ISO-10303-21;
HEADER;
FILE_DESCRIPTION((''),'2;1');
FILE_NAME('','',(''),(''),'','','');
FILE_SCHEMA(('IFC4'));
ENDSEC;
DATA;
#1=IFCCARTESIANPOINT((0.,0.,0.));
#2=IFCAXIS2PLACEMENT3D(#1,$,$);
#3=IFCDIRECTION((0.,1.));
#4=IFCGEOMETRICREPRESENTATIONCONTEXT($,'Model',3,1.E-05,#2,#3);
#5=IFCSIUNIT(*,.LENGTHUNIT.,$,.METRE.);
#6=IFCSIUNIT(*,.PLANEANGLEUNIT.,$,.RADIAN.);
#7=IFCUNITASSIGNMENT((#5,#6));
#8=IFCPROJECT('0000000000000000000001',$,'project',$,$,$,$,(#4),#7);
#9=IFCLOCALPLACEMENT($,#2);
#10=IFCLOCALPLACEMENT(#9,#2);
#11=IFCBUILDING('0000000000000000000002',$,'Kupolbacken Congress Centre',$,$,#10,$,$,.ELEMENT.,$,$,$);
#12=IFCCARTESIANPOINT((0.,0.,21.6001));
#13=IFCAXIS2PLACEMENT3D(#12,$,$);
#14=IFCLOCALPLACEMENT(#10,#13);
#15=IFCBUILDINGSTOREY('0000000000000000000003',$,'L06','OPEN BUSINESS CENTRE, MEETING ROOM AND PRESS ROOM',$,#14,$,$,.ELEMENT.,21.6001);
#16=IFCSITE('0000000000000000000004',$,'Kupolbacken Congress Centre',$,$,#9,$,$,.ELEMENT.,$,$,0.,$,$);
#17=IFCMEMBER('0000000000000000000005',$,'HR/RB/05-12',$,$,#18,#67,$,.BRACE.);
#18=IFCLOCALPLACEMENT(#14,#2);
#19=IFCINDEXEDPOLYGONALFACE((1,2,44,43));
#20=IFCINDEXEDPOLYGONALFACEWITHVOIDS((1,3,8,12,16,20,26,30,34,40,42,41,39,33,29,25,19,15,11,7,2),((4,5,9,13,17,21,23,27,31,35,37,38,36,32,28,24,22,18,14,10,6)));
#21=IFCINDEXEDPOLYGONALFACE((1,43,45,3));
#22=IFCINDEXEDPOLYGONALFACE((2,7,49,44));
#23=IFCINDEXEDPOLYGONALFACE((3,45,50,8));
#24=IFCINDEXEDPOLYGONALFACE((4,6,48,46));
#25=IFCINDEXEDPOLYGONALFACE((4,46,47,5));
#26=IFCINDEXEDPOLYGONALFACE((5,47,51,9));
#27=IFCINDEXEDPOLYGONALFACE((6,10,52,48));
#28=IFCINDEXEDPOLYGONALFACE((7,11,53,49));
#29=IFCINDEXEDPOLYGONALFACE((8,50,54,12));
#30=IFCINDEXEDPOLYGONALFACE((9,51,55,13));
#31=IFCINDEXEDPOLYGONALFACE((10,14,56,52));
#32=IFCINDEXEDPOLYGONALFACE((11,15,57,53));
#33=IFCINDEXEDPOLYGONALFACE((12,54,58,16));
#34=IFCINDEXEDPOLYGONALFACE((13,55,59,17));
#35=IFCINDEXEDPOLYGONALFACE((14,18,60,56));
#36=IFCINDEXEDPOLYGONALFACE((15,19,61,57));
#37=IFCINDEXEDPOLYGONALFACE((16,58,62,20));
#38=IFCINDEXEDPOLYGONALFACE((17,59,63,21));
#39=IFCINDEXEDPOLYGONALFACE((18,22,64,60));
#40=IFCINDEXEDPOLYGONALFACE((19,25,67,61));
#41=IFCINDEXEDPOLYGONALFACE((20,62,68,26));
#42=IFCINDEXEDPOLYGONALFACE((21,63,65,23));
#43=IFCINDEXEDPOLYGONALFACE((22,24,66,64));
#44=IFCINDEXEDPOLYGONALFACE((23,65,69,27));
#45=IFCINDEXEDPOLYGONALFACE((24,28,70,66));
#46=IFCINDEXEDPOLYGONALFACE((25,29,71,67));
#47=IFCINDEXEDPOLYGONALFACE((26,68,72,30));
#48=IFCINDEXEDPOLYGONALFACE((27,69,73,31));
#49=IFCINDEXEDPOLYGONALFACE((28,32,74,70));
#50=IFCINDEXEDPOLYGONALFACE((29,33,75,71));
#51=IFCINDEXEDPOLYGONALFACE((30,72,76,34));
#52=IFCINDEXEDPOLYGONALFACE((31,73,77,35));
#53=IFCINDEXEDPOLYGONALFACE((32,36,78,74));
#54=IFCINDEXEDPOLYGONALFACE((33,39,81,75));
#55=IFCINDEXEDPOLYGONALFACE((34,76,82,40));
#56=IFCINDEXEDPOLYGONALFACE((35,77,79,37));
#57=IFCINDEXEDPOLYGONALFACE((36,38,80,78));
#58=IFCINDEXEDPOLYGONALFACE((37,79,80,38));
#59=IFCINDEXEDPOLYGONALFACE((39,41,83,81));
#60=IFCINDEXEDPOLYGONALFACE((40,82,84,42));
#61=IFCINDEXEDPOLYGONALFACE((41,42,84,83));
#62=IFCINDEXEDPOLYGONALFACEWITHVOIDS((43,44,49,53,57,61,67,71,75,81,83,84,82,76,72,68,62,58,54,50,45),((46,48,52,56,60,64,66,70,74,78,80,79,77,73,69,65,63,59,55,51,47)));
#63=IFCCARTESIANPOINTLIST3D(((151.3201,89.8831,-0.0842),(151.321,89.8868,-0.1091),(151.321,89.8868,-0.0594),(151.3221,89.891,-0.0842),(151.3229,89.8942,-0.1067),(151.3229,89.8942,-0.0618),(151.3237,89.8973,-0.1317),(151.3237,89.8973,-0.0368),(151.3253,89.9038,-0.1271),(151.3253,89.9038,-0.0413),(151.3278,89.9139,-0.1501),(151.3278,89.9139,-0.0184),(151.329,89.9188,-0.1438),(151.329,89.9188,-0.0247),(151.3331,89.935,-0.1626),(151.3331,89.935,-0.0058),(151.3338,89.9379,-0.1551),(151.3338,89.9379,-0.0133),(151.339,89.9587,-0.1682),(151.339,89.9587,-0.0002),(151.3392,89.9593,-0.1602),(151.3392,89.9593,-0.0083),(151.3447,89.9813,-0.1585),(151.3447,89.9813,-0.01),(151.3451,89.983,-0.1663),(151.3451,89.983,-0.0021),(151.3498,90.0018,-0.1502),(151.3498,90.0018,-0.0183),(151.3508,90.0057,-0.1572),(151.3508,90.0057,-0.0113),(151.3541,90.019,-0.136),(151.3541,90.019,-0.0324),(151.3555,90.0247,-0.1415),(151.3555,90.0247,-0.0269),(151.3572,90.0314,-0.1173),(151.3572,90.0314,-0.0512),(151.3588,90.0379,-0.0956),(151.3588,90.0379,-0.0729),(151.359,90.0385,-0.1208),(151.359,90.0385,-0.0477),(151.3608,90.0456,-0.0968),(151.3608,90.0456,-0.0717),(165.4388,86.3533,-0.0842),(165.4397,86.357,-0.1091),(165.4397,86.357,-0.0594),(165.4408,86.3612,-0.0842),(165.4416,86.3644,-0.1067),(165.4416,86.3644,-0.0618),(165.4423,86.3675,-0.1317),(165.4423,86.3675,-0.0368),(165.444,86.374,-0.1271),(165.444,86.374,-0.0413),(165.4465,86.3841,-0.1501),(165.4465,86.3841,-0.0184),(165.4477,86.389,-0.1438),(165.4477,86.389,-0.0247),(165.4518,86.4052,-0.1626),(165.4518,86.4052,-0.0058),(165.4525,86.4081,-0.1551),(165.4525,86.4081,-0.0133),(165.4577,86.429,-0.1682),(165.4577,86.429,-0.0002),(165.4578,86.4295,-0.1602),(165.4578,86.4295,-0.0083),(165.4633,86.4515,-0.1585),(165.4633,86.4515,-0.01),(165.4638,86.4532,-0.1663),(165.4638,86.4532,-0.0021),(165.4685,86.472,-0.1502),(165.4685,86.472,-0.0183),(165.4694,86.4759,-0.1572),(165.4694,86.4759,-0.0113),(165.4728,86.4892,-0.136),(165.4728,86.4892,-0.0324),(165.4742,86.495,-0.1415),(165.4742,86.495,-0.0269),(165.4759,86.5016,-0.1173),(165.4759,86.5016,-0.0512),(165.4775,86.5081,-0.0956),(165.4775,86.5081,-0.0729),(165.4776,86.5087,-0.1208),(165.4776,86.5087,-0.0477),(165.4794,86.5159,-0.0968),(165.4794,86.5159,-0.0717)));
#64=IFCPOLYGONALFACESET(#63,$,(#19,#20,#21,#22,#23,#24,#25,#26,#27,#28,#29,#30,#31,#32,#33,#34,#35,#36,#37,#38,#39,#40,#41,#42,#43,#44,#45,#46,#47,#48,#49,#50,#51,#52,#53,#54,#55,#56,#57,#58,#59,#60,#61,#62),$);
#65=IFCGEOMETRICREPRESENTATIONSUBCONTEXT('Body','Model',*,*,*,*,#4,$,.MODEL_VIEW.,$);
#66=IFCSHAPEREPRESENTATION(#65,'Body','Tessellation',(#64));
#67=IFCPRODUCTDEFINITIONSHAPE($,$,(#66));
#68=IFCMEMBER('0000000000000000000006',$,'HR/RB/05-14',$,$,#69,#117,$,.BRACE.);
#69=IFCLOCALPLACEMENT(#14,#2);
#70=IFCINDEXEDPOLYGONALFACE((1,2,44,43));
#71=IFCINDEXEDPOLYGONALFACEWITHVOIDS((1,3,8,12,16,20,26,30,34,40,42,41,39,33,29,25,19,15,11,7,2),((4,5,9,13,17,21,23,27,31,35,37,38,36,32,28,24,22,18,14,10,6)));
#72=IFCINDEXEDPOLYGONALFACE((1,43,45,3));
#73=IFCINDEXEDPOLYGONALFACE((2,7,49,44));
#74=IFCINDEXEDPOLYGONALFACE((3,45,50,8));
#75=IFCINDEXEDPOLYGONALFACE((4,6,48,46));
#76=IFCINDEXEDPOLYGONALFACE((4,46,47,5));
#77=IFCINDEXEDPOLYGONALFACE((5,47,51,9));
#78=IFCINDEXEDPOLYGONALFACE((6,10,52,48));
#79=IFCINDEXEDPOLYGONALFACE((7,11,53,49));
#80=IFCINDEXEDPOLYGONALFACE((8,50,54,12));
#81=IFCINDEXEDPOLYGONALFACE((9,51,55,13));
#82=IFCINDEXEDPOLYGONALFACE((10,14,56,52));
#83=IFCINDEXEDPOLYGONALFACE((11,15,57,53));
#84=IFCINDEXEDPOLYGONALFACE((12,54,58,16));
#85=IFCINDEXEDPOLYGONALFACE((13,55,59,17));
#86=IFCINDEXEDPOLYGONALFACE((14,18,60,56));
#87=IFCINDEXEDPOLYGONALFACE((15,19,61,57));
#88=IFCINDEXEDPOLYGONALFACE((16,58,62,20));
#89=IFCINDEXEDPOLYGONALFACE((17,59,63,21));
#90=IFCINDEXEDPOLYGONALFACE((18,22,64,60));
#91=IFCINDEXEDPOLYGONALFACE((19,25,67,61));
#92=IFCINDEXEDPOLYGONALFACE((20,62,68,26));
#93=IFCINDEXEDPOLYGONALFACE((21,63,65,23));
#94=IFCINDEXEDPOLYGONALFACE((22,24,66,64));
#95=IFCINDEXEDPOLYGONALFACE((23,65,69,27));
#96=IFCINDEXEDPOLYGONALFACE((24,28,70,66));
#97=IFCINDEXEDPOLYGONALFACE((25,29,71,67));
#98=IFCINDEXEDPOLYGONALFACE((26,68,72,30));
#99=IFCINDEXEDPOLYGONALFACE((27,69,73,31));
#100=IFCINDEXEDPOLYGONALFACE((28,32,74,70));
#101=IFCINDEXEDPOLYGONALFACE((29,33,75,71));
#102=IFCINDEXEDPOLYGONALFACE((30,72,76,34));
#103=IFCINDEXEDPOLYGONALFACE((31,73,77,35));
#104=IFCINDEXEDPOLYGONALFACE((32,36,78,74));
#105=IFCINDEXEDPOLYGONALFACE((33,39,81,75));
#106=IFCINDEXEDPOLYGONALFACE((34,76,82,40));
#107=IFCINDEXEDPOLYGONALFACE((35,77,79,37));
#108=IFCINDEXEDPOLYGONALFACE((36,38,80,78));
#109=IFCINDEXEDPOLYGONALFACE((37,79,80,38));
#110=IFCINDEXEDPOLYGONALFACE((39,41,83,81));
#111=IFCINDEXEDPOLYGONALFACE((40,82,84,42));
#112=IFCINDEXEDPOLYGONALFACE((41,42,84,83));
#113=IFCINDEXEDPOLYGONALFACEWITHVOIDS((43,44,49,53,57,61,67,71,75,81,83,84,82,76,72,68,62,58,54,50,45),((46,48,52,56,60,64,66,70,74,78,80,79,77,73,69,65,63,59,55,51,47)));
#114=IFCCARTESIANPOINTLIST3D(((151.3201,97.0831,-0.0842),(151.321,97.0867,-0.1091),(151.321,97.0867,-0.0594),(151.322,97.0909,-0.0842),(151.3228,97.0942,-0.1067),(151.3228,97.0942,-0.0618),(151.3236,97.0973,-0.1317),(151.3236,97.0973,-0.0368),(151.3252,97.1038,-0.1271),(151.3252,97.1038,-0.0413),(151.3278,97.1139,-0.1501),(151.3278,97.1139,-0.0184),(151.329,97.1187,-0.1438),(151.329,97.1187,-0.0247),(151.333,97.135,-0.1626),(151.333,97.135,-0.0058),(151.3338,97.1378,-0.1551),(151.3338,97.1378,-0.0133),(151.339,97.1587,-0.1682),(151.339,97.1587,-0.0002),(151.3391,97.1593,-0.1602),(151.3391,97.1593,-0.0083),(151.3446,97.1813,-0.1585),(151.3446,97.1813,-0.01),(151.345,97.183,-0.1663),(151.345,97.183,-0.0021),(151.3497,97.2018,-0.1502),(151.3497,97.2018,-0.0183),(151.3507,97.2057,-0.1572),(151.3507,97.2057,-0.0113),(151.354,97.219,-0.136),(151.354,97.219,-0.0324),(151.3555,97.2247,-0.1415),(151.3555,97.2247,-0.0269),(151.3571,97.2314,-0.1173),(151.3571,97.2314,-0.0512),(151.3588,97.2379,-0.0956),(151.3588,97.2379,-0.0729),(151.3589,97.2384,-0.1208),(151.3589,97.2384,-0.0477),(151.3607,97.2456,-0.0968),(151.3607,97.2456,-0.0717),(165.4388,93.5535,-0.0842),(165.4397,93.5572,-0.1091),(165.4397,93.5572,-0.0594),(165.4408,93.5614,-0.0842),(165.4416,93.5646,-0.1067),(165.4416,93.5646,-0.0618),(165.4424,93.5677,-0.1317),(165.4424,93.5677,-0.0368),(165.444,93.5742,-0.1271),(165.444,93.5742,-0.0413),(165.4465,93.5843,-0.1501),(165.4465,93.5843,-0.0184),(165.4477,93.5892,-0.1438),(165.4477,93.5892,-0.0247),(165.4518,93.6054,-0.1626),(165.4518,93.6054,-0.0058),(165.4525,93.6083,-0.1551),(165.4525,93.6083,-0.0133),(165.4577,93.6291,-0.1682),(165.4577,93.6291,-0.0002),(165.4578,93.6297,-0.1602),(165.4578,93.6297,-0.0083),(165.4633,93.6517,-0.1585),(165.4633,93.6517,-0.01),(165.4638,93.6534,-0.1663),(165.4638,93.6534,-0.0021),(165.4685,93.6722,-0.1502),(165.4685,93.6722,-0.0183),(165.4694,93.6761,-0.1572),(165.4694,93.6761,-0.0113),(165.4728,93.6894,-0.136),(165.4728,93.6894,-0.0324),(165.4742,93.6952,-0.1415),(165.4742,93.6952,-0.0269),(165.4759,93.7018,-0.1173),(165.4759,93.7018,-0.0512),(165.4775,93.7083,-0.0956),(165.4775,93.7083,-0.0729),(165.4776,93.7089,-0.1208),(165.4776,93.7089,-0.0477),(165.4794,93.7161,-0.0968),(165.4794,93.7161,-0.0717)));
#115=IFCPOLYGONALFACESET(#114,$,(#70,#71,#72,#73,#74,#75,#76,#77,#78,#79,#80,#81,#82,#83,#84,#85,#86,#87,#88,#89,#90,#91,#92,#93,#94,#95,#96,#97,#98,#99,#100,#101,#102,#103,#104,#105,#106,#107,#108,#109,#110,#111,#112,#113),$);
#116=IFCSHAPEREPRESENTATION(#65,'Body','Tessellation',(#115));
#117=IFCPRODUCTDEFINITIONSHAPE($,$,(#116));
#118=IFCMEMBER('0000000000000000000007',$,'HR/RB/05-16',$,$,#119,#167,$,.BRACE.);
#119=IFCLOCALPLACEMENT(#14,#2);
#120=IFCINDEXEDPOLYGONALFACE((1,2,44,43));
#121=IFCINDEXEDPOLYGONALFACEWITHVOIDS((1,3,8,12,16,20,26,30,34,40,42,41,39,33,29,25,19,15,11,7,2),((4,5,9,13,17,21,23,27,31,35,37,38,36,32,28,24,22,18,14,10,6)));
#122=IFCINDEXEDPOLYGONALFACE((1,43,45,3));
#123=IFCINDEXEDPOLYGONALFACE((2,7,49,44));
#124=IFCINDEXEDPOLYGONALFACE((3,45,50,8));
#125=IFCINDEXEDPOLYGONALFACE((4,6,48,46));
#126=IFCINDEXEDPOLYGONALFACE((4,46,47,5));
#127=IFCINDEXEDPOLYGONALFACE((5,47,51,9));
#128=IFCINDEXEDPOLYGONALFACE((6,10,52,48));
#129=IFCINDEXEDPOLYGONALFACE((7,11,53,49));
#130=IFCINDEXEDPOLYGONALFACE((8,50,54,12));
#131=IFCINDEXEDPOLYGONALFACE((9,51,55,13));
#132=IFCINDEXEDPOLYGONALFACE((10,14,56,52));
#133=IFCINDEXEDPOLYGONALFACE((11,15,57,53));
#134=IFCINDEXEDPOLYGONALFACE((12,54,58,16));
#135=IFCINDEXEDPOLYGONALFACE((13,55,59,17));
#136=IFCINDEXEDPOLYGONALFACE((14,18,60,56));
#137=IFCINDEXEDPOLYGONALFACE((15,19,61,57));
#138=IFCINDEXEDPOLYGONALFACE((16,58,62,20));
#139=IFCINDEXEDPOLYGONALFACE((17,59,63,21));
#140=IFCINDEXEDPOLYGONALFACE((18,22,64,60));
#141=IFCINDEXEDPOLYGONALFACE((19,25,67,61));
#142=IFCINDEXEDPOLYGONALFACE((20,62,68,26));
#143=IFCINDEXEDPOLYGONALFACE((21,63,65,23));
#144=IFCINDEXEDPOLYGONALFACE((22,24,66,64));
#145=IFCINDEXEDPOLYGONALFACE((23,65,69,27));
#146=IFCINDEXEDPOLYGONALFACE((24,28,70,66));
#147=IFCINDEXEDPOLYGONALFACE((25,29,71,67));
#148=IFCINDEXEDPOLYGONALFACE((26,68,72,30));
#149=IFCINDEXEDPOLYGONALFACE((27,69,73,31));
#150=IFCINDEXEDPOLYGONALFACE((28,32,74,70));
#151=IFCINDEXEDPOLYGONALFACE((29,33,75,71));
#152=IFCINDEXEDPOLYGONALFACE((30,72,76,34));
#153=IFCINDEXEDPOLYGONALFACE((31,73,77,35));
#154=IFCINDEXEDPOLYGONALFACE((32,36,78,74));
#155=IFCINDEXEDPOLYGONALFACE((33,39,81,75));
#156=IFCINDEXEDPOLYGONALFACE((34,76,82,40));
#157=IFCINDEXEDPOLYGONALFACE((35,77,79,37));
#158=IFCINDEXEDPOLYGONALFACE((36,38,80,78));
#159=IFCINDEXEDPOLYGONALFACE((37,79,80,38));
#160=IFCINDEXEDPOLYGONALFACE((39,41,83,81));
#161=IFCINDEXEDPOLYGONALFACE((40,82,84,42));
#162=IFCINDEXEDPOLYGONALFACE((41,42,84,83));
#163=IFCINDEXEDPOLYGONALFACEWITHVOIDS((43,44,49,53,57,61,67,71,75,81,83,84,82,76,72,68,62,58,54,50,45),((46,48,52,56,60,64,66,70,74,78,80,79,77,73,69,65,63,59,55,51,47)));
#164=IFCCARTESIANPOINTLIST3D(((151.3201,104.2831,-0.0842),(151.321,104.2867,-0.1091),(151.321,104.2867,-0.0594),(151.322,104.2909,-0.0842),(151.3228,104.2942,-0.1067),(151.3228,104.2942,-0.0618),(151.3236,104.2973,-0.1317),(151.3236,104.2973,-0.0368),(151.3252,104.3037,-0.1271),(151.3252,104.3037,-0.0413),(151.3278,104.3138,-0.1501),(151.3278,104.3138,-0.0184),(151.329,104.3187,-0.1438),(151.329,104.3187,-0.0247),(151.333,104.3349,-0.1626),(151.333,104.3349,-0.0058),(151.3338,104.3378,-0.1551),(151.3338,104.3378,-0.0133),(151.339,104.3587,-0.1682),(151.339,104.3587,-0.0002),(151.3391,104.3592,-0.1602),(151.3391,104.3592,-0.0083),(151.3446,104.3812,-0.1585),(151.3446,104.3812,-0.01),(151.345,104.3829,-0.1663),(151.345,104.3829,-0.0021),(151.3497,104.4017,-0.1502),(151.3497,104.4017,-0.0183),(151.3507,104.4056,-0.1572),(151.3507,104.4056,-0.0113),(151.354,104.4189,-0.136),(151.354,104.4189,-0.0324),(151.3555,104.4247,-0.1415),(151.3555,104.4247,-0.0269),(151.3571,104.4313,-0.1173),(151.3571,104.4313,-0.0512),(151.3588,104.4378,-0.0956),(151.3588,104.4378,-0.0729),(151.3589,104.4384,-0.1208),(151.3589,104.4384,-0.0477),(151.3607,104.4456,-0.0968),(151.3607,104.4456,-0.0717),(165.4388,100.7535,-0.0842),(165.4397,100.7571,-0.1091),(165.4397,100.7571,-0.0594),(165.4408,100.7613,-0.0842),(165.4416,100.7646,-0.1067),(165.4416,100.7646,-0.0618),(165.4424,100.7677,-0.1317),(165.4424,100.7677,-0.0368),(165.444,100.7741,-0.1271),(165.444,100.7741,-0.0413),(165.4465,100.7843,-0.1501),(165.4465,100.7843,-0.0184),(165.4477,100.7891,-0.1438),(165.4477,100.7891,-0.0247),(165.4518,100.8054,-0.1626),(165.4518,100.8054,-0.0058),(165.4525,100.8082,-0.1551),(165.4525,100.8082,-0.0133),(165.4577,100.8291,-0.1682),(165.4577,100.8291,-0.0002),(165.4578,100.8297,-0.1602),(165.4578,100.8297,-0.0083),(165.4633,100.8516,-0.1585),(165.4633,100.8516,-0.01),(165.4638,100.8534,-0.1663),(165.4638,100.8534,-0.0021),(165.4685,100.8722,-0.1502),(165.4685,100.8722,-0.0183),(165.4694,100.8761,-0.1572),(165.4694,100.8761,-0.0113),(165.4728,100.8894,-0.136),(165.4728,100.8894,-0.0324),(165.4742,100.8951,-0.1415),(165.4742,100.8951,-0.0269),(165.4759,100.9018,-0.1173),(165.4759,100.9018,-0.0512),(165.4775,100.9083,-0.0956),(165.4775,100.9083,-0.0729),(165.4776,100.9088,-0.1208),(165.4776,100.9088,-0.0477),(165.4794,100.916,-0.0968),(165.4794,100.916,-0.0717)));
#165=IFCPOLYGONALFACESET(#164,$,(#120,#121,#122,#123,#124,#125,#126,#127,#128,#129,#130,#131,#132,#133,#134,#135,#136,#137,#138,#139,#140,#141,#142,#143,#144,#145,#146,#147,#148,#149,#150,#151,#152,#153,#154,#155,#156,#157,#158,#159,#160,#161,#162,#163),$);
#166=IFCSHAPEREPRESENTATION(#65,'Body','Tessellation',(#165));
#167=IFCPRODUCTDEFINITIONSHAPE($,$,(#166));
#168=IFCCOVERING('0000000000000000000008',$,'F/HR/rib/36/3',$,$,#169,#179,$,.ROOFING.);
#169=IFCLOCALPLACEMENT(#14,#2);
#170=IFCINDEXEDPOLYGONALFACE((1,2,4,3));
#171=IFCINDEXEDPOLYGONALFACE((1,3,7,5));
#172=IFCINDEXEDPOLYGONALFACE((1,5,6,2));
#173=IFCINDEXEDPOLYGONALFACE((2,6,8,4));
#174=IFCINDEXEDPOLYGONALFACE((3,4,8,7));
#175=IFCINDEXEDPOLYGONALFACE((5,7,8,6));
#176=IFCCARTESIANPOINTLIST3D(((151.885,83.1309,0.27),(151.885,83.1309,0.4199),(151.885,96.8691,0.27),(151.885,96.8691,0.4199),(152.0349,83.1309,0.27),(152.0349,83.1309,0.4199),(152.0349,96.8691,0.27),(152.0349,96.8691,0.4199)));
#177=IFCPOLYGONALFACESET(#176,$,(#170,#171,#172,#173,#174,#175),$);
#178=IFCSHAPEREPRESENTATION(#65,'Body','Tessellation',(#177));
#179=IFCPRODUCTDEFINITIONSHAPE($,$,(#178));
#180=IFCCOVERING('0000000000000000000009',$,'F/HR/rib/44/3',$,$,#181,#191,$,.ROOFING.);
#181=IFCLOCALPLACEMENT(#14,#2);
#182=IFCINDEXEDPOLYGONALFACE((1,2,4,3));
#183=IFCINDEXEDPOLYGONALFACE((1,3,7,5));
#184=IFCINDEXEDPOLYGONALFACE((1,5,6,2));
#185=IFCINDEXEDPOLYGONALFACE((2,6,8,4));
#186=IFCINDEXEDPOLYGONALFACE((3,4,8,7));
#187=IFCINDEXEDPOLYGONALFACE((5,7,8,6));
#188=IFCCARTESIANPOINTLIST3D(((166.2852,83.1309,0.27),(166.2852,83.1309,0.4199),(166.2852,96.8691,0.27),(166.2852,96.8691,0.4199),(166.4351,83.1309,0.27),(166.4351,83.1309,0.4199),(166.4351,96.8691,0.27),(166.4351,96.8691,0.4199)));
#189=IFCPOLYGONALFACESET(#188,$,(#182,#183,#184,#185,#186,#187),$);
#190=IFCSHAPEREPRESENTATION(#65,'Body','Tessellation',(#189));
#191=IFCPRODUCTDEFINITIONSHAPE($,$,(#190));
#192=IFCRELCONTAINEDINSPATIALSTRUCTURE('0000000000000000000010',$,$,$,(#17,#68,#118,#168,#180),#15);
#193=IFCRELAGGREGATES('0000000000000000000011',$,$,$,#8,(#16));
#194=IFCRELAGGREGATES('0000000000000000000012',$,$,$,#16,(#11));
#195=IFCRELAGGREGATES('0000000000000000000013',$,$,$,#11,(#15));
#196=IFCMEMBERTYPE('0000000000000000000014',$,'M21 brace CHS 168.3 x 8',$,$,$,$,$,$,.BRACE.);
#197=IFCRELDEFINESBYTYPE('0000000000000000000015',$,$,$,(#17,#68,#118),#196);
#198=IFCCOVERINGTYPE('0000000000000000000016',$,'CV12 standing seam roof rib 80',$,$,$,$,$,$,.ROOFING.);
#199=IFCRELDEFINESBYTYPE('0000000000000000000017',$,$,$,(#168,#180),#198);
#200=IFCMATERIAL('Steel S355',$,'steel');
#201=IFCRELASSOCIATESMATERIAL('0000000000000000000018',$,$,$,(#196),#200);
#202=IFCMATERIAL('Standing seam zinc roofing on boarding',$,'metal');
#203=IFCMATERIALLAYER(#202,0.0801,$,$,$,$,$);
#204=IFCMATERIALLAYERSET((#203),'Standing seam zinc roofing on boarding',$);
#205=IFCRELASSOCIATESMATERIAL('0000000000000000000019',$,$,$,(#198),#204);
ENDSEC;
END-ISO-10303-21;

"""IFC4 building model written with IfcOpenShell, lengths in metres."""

from ifc_helpers import new_model, si_unit, direction, frame, origin, origin_2d, place, context, subcontext, project, spatial, rectangle, hollow_circle, extrude, material, layer, layer_set, material_profile, profile_set, type_object, element, save


model = new_model("IFC4")

# Units and contexts
model_context = context("Model", 3, precision=1e-05, world=origin(), true_north=direction((0.0, 1.0)))
body_context = subcontext(model_context, "Body", "Model", "MODEL_VIEW")
ifc_project = project(units=[si_unit("LENGTHUNIT", "METRE"), si_unit("PLANEANGLEUNIT", "RADIAN")], contexts=[model_context])

# Site, building, storey
site_placement = place(None, origin())
site = spatial("IfcSite", under=ifc_project, at=site_placement, Name="Kupolbacken Congress Centre", CompositionType="ELEMENT", RefElevation=0.0)
building_placement = place(site_placement, origin())
building = spatial("IfcBuilding", under=site, at=building_placement, Name="Kupolbacken Congress Centre", CompositionType="ELEMENT")
storey_placement = place(building_placement, frame((0.0, 0.0, 21.6001)))
storey = spatial("IfcBuildingStorey", under=building, at=storey_placement, Name="L06", Description="OPEN BUSINESS CENTRE, MEETING ROOM AND PRESS ROOM", CompositionType="ELEMENT", Elevation=21.6001)

# Members
ifc_material_1 = material(Name="Steel S355", Category="steel")
ifc_material_profile_1 = material_profile(ifc_material_1, hollow_circle(Radius=0.0842, WallThickness=0.0081, at=origin_2d()), Name="CHS 168.3 x 8")
ifc_profile_set_1 = profile_set([ifc_material_profile_1], Name="Steel S355")
member_type_1 = type_object("IfcMemberType", Name="M21 brace CHS 168.3 x 8", PredefinedType="BRACE", material=ifc_profile_set_1)
for number, where, z_axis, x_axis, name in (
    (1, (165.4592, 86.4351, -0.0842), (-0.970141, 0.242544, 0.0), (-0.242544, -0.970141, 0.0), "HR/RB/05-12"),
    (2, (165.4592, 93.6353, -0.0842), (-0.970144, 0.242528, 0.0), (-0.242528, -0.970144, 0.0), "HR/RB/05-14"),
    (3, (165.4592, 100.8352, -0.0842), (-0.970144, 0.242528, 0.0), (-0.242528, -0.970144, 0.0), "HR/RB/05-16"),
):
    element("IfcMember", number, at=place(storey_placement, frame(where, z_axis=z_axis, x_axis=x_axis)), inside=storey, type_object=member_type_1, Name=name, PredefinedType="BRACE", context=body_context, shape_type="SweptSolid", body=[
        extrude(hollow_circle(Radius=0.0842, WallThickness=0.0081, at=origin_2d()), origin(), (0.0, 0.0, 1.0), 14.5532),
    ])

# Coverings
ifc_material_2 = material(Name="Standing seam zinc roofing on boarding", Category="metal")
ifc_layer_1 = layer(ifc_material_2, 0.0801)
ifc_layer_set_1 = layer_set([ifc_layer_1], Name="Standing seam zinc roofing on boarding")
covering_type = type_object("IfcCoveringType", Name="CV12 standing seam roof rib 80", PredefinedType="ROOFING", material=ifc_layer_set_1)
for number, where, z_axis, x_axis, name in (
    (4, (151.96, 90.0, 0.27), (0.0, 0.0, 1.0), (0.0, 1.0, 0.0), "F/HR/rib/36/3"),
    (5, (166.3601, 90.0, 0.27), (0.0, 0.0, 1.0), (0.0, 1.0, 0.0), "F/HR/rib/44/3"),
):
    element("IfcCovering", number, at=place(storey_placement, frame(where, z_axis=z_axis, x_axis=x_axis)), inside=storey, type_object=covering_type, Name=name, PredefinedType="ROOFING", context=body_context, shape_type="SweptSolid", body=[
        extrude(rectangle(XDim=13.7383, YDim=0.1499, at=origin_2d()), origin(), (0.0, 0.0, 1.0), 0.1499),
    ])

save(model, "model.ifc")
